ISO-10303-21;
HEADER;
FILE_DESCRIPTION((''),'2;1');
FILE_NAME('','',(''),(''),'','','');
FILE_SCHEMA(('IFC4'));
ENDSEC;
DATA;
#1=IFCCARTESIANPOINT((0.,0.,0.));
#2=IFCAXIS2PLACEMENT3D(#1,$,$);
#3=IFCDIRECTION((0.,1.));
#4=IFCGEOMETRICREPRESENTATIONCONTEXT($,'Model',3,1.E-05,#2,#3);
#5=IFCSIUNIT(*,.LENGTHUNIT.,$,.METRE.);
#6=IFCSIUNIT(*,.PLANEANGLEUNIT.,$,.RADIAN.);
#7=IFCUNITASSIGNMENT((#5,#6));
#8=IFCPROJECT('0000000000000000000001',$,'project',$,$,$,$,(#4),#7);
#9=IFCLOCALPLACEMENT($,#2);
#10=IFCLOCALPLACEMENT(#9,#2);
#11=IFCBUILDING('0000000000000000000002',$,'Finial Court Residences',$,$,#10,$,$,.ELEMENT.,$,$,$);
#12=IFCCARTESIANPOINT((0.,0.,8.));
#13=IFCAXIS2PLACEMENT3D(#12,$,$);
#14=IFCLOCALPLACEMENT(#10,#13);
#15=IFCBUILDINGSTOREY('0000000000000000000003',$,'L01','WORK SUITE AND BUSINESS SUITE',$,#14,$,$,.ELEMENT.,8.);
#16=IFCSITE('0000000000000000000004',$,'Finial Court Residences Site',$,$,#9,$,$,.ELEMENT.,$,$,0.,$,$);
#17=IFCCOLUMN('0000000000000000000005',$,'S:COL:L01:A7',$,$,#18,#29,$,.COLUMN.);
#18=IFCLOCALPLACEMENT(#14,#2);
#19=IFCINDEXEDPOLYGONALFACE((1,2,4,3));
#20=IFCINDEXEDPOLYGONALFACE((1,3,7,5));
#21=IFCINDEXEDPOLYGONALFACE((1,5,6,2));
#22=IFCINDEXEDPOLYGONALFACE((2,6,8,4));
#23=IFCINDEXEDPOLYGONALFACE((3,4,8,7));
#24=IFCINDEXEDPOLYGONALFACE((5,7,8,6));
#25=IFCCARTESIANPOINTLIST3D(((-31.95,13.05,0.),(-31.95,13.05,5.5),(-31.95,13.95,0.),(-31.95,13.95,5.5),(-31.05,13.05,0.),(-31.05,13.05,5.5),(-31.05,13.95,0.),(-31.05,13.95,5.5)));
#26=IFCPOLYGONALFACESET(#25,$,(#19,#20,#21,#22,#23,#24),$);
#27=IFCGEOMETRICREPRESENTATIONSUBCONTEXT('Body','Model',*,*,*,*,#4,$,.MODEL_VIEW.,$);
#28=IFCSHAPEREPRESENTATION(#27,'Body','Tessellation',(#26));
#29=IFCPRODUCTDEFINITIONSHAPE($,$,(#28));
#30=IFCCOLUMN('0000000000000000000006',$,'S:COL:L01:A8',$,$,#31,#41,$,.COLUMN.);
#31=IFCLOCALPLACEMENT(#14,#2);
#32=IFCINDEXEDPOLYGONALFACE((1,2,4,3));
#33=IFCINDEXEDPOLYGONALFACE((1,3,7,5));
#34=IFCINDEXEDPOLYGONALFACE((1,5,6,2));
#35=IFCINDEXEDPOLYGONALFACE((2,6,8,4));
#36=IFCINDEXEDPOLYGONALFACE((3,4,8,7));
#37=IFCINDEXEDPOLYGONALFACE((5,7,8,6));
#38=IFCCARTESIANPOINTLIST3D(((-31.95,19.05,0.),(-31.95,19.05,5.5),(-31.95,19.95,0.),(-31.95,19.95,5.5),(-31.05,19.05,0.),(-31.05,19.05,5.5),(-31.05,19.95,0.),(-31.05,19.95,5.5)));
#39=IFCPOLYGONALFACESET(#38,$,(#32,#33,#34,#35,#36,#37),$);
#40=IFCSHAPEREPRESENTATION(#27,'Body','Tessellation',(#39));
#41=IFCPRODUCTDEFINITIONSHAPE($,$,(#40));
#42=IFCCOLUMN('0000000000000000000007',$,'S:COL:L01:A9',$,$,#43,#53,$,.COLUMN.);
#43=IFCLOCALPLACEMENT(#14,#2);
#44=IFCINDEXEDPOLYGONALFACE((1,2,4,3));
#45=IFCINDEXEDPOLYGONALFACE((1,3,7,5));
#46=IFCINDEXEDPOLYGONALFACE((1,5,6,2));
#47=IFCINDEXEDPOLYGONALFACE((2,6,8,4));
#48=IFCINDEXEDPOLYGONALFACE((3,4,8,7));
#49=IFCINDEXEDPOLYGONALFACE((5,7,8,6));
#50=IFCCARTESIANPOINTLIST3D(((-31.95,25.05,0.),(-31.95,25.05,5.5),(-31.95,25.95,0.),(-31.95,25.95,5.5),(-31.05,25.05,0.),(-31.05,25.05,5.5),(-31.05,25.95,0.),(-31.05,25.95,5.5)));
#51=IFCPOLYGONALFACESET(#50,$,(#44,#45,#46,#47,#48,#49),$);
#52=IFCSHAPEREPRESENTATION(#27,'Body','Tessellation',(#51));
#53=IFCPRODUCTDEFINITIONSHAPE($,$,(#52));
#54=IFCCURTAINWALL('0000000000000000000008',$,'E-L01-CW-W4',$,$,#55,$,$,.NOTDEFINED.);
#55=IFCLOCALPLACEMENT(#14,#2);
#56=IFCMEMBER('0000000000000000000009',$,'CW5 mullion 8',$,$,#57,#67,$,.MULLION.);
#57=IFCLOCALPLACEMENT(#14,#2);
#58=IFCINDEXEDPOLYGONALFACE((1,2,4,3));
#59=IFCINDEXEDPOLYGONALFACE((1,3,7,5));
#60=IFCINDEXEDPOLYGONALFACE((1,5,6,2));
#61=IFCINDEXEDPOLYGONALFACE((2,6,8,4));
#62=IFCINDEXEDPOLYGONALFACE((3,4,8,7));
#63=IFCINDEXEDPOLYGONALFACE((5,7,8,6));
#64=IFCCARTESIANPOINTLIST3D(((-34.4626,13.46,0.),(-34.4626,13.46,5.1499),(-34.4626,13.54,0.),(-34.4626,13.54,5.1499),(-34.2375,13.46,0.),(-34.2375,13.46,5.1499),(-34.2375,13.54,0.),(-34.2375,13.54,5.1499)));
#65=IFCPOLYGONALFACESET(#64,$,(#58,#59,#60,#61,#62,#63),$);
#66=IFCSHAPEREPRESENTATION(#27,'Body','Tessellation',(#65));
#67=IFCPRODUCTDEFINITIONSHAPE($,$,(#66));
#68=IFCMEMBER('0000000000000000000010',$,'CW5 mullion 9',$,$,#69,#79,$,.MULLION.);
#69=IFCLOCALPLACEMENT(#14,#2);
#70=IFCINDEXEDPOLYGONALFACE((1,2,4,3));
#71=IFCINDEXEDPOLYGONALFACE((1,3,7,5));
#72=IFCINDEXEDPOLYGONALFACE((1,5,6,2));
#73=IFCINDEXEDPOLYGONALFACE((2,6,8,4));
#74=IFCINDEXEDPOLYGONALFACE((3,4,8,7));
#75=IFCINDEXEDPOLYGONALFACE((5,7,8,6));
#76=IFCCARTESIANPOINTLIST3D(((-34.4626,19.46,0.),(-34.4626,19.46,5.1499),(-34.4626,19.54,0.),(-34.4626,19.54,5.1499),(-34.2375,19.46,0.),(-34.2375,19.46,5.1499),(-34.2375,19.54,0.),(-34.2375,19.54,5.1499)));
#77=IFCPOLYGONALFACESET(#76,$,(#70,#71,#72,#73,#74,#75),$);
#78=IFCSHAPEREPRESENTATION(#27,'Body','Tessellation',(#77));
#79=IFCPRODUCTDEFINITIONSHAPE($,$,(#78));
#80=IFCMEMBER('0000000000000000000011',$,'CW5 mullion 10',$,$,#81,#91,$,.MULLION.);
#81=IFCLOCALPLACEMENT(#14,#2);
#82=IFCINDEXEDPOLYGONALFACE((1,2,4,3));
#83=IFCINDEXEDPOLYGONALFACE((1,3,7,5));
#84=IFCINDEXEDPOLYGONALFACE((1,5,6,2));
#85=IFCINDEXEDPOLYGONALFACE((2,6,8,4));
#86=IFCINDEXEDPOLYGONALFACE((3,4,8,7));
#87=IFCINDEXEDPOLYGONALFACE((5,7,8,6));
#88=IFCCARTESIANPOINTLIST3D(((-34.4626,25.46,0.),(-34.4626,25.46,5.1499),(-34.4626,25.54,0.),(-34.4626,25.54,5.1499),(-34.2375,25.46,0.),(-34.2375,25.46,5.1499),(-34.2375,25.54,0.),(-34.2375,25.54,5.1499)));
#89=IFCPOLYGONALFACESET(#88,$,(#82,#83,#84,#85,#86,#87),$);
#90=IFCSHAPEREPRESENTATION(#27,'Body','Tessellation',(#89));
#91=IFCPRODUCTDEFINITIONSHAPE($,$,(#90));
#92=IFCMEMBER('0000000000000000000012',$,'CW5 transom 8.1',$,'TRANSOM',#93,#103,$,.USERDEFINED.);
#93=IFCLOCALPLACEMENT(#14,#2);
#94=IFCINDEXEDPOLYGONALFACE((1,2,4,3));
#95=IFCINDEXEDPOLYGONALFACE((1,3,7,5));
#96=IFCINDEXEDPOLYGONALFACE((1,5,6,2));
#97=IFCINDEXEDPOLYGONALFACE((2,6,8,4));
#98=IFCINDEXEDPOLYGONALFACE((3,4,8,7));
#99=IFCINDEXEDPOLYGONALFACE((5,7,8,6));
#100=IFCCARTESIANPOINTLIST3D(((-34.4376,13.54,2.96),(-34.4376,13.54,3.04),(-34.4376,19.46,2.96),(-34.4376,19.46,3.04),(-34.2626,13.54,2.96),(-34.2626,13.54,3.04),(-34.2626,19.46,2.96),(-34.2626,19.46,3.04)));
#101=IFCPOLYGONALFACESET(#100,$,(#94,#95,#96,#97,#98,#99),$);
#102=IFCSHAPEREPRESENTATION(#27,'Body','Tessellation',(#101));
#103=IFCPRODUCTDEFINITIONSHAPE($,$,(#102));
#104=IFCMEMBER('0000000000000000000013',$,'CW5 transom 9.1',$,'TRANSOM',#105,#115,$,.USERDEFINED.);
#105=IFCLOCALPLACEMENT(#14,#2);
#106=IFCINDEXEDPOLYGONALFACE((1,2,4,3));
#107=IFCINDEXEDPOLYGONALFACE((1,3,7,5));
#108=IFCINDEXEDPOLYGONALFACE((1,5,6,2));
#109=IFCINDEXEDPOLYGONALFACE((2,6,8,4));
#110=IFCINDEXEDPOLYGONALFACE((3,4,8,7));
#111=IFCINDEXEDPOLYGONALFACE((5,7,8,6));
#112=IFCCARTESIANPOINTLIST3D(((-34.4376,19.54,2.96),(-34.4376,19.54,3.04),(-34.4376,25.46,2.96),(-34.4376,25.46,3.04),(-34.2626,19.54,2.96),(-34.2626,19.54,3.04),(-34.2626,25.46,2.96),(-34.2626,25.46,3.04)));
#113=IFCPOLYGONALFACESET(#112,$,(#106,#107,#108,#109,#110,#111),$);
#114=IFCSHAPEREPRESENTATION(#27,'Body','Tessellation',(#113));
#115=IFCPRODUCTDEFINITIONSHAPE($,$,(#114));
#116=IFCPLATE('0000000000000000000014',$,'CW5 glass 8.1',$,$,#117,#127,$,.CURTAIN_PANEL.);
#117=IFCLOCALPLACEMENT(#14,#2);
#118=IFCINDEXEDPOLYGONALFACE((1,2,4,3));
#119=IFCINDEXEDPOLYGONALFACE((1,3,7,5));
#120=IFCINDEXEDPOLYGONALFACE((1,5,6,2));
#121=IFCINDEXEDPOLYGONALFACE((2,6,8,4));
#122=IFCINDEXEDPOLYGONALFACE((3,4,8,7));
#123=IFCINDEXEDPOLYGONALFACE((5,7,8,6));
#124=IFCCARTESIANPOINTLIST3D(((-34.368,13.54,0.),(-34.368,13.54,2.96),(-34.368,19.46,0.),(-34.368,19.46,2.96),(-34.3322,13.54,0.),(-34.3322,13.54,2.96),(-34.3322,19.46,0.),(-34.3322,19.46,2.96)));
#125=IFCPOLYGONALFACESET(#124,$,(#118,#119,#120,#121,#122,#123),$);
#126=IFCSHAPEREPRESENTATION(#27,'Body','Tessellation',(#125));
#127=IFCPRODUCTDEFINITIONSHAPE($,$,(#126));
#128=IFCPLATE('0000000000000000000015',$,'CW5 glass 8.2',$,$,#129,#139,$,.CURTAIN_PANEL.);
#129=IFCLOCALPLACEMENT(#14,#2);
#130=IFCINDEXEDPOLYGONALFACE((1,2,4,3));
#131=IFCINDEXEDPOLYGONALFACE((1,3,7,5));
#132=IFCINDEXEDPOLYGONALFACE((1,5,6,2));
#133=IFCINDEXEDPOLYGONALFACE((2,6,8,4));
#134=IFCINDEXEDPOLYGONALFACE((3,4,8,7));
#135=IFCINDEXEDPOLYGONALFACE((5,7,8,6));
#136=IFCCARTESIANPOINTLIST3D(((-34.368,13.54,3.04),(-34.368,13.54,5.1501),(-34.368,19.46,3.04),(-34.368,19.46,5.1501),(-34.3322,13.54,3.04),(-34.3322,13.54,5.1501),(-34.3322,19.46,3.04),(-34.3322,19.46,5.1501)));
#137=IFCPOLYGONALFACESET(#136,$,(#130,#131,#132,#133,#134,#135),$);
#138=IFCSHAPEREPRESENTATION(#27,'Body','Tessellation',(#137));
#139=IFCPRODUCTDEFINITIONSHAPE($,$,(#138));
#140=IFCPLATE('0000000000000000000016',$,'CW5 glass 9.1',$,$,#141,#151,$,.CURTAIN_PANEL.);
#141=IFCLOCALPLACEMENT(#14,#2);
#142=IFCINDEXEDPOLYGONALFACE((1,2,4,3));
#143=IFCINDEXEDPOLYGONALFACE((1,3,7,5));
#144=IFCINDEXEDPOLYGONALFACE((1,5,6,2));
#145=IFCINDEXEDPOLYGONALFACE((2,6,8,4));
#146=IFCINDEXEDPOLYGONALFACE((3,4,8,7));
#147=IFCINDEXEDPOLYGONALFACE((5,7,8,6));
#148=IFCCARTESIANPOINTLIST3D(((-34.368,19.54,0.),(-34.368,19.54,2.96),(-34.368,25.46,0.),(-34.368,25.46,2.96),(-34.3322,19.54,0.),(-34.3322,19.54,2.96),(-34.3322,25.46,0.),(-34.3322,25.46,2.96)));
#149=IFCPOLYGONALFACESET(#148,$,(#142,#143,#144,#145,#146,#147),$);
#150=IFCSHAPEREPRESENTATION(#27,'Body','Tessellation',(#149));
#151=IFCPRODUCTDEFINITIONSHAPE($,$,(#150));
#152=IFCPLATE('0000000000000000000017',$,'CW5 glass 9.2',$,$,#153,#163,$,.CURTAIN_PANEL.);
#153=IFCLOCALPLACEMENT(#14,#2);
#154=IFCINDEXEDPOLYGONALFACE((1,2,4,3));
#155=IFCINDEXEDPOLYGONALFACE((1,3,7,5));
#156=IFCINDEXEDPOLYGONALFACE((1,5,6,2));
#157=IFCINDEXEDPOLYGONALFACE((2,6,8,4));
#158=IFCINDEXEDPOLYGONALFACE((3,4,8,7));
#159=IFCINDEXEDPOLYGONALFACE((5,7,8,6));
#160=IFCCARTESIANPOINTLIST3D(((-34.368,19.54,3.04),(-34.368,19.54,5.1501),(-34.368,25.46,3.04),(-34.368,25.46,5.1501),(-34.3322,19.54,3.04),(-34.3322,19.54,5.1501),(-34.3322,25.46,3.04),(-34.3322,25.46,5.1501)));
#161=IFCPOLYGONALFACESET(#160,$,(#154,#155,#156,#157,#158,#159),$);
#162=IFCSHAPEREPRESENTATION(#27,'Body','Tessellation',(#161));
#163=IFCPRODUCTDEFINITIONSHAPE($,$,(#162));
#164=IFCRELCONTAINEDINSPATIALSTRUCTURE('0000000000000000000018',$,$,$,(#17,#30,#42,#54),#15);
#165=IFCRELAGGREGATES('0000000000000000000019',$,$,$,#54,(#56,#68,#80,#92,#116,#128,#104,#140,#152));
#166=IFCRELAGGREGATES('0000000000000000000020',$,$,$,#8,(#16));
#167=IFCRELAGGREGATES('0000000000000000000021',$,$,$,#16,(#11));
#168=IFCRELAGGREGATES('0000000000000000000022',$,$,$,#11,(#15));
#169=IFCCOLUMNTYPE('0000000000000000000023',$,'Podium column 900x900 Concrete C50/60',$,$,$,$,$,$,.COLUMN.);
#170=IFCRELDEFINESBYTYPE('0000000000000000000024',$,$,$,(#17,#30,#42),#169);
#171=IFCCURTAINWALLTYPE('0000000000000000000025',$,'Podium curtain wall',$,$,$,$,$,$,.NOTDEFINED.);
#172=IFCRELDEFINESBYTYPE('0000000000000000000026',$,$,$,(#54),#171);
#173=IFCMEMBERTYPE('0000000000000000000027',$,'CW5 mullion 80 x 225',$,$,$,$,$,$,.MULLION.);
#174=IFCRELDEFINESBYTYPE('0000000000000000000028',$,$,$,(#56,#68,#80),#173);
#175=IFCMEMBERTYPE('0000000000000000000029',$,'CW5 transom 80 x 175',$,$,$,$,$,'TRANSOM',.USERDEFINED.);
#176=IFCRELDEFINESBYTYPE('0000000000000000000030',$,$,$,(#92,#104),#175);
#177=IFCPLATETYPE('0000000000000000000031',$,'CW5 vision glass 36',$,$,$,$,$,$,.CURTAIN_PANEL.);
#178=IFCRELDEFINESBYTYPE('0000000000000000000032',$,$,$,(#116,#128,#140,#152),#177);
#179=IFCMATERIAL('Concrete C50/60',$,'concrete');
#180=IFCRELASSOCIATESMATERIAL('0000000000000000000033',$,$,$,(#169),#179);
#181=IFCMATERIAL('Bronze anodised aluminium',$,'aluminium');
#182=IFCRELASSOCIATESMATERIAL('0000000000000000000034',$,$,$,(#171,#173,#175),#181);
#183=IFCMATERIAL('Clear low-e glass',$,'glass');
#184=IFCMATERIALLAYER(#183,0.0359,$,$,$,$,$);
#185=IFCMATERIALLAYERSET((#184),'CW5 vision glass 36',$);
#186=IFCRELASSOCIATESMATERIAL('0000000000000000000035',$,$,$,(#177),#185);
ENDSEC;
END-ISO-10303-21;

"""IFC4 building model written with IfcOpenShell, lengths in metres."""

from ifc_helpers import new_model, si_unit, direction, frame, origin, origin_2d, place, context, subcontext, project, spatial, rectangle, extrude, material, layer, layer_set, material_profile, profile_set, type_object, element, aggregate, save


model = new_model("IFC4")

# Units and contexts
model_context = context("Model", 3, precision=1e-05, world=origin(), true_north=direction((0.0, 1.0)))
body_context = subcontext(model_context, "Body", "Model", "MODEL_VIEW")
ifc_project = project(units=[si_unit("LENGTHUNIT", "METRE"), si_unit("PLANEANGLEUNIT", "RADIAN")], contexts=[model_context])

# Site, building, storey
site_placement = place(None, origin())
site = spatial("IfcSite", under=ifc_project, at=site_placement, Name="Finial Court Residences Site", CompositionType="ELEMENT", RefElevation=0.0)
building_placement = place(site_placement, origin())
building = spatial("IfcBuilding", under=site, at=building_placement, Name="Finial Court Residences", CompositionType="ELEMENT")
storey_placement = place(building_placement, frame((0.0, 0.0, 8.0)))
storey = spatial("IfcBuildingStorey", under=building, at=storey_placement, Name="L01", Description="WORK SUITE AND BUSINESS SUITE", CompositionType="ELEMENT", Elevation=8.0)

# Columns
ifc_material_1 = material(Name="Concrete C50/60", Category="concrete")
ifc_material_profile_1 = material_profile(ifc_material_1, rectangle(XDim=0.8999, YDim=0.8999, at=origin_2d()), Name="900x900")
ifc_profile_set_1 = profile_set([ifc_material_profile_1], Name="Concrete C50/60")
column_type = type_object("IfcColumnType", Name="Podium column 900x900 Concrete C50/60", PredefinedType="COLUMN", material=ifc_profile_set_1)
for number, where, z_axis, x_axis, name in (
    (1, (-31.5, 13.5, 0.0), (0.0, 0.0, 1.0), (1.0, 0.0, 0.0), "S:COL:L01:A7"),
    (2, (-31.5, 19.5, 0.0), (0.0, 0.0, 1.0), (1.0, 0.0, 0.0), "S:COL:L01:A8"),
    (3, (-31.5, 25.5, 0.0), (0.0, 0.0, 1.0), (1.0, 0.0, 0.0), "S:COL:L01:A9"),
):
    element("IfcColumn", number, at=place(storey_placement, frame(where, z_axis=z_axis, x_axis=x_axis)), inside=storey, type_object=column_type, Name=name, PredefinedType="COLUMN", context=body_context, shape_type="SweptSolid", body=[
        extrude(rectangle(XDim=0.8999, YDim=0.8999, at=origin_2d()), origin(), (0.0, 0.0, 1.0), 5.5),
    ])

# Curtain wall, members, plates
ifc_material_2 = material(Name="Bronze anodised aluminium", Category="aluminium")
curtain_wall_type = type_object("IfcCurtainWallType", Name="Podium curtain wall", PredefinedType="NOTDEFINED", material=ifc_material_2)
curtain_wall_placement = place(storey_placement, origin())
curtain_wall = element("IfcCurtainWall", 4, at=curtain_wall_placement, inside=storey, type_object=curtain_wall_type, Name="E-L01-CW-W4", PredefinedType="NOTDEFINED")
ifc_material_profile_2 = material_profile(ifc_material_2, rectangle(XDim=0.2251, YDim=0.0801, at=origin_2d()), Name="CW5 mullion 80 x 225")
ifc_profile_set_2 = profile_set([ifc_material_profile_2], Name="Bronze anodised aluminium")
member_type_1 = type_object("IfcMemberType", Name="CW5 mullion 80 x 225", PredefinedType="MULLION", material=ifc_profile_set_2)
member_1_placement = place(storey_placement, frame((-34.3501, 13.5, 0.0), z_axis=(0.0, 0.0, 1.0), x_axis=(-1.0, 0.0, 0.0)))
member_1 = element("IfcMember", 5, at=member_1_placement, type_object=member_type_1, Name="CW5 mullion 8", PredefinedType="MULLION", context=body_context, shape_type="SweptSolid", body=[
    extrude(rectangle(XDim=0.2251, YDim=0.0801, at=origin_2d()), origin(), (0.0, 0.0, 1.0), 5.1499),
])
member_2_placement = place(storey_placement, frame((-34.3501, 19.5, 0.0), z_axis=(0.0, 0.0, 1.0), x_axis=(-1.0, 0.0, 0.0)))
member_2 = element("IfcMember", 6, at=member_2_placement, type_object=member_type_1, Name="CW5 mullion 9", PredefinedType="MULLION", context=body_context, shape_type="SweptSolid", body=[
    extrude(rectangle(XDim=0.2251, YDim=0.0801, at=origin_2d()), origin(), (0.0, 0.0, 1.0), 5.1499),
])
member_3_placement = place(storey_placement, frame((-34.3501, 25.5, 0.0), z_axis=(0.0, 0.0, 1.0), x_axis=(-1.0, 0.0, 0.0)))
member_3 = element("IfcMember", 7, at=member_3_placement, type_object=member_type_1, Name="CW5 mullion 10", PredefinedType="MULLION", context=body_context, shape_type="SweptSolid", body=[
    extrude(rectangle(XDim=0.2251, YDim=0.0801, at=origin_2d()), origin(), (0.0, 0.0, 1.0), 5.1499),
])
ifc_material_profile_3 = material_profile(ifc_material_2, rectangle(XDim=0.175, YDim=0.0801, at=origin_2d()), Name="CW5 transom 80 x 175")
ifc_profile_set_3 = profile_set([ifc_material_profile_3], Name="Bronze anodised aluminium")
member_type_2 = type_object("IfcMemberType", Name="CW5 transom 80 x 175", ElementType="TRANSOM", PredefinedType="USERDEFINED", material=ifc_profile_set_3)
member_4_placement = place(storey_placement, frame((-34.3501, 13.54, 3.0), z_axis=(0.0, 1.0, 0.0), x_axis=(-1.0, 0.0, 0.0)))
member_4 = element("IfcMember", 8, at=member_4_placement, type_object=member_type_2, Name="CW5 transom 8.1", ObjectType="TRANSOM", PredefinedType="USERDEFINED", context=body_context, shape_type="SweptSolid", body=[
    extrude(rectangle(XDim=0.175, YDim=0.0801, at=origin_2d()), origin(), (0.0, 0.0, 1.0), 5.9199),
])
member_5_placement = place(storey_placement, frame((-34.3501, 19.54, 3.0), z_axis=(0.0, 1.0, 0.0), x_axis=(-1.0, 0.0, 0.0)))
member_5 = element("IfcMember", 9, at=member_5_placement, type_object=member_type_2, Name="CW5 transom 9.1", ObjectType="TRANSOM", PredefinedType="USERDEFINED", context=body_context, shape_type="SweptSolid", body=[
    extrude(rectangle(XDim=0.175, YDim=0.0801, at=origin_2d()), origin(), (0.0, 0.0, 1.0), 5.9199),
])
ifc_material_3 = material(Name="Clear low-e glass", Category="glass")
ifc_layer_1 = layer(ifc_material_3, 0.0359)
ifc_layer_set_1 = layer_set([ifc_layer_1], Name="CW5 vision glass 36")
plate_type = type_object("IfcPlateType", Name="CW5 vision glass 36", PredefinedType="CURTAIN_PANEL", material=ifc_layer_set_1)
plate_1_placement = place(storey_placement, frame((-34.3501, 16.5, 0.0), z_axis=(0.0, 0.0, 1.0), x_axis=(0.0, 1.0, 0.0)))
plate_1 = element("IfcPlate", 10, at=plate_1_placement, type_object=plate_type, Name="CW5 glass 8.1", PredefinedType="CURTAIN_PANEL", context=body_context, shape_type="SweptSolid", body=[
    extrude(rectangle(XDim=5.9199, YDim=0.0359, at=origin_2d()), origin(), (0.0, 0.0, 1.0), 2.96),
])
plate_2_placement = place(storey_placement, frame((-34.3501, 16.5, 3.04), z_axis=(0.0, 0.0, 1.0), x_axis=(0.0, 1.0, 0.0)))
plate_2 = element("IfcPlate", 11, at=plate_2_placement, type_object=plate_type, Name="CW5 glass 8.2", PredefinedType="CURTAIN_PANEL", context=body_context, shape_type="SweptSolid", body=[
    extrude(rectangle(XDim=5.9199, YDim=0.0359, at=origin_2d()), origin(), (0.0, 0.0, 1.0), 2.1101),
])
plate_3_placement = place(storey_placement, frame((-34.3501, 22.5, 0.0), z_axis=(0.0, 0.0, 1.0), x_axis=(0.0, 1.0, 0.0)))
plate_3 = element("IfcPlate", 12, at=plate_3_placement, type_object=plate_type, Name="CW5 glass 9.1", PredefinedType="CURTAIN_PANEL", context=body_context, shape_type="SweptSolid", body=[
    extrude(rectangle(XDim=5.9199, YDim=0.0359, at=origin_2d()), origin(), (0.0, 0.0, 1.0), 2.96),
])
plate_4_placement = place(storey_placement, frame((-34.3501, 22.5, 3.04), z_axis=(0.0, 0.0, 1.0), x_axis=(0.0, 1.0, 0.0)))
plate_4 = element("IfcPlate", 13, at=plate_4_placement, type_object=plate_type, Name="CW5 glass 9.2", PredefinedType="CURTAIN_PANEL", context=body_context, shape_type="SweptSolid", body=[
    extrude(rectangle(XDim=5.9199, YDim=0.0359, at=origin_2d()), origin(), (0.0, 0.0, 1.0), 2.1101),
])
aggregate(curtain_wall, [member_1, member_2, member_3, member_4, plate_1, plate_2, member_5, plate_3, plate_4])

save(model, "model.ifc")
